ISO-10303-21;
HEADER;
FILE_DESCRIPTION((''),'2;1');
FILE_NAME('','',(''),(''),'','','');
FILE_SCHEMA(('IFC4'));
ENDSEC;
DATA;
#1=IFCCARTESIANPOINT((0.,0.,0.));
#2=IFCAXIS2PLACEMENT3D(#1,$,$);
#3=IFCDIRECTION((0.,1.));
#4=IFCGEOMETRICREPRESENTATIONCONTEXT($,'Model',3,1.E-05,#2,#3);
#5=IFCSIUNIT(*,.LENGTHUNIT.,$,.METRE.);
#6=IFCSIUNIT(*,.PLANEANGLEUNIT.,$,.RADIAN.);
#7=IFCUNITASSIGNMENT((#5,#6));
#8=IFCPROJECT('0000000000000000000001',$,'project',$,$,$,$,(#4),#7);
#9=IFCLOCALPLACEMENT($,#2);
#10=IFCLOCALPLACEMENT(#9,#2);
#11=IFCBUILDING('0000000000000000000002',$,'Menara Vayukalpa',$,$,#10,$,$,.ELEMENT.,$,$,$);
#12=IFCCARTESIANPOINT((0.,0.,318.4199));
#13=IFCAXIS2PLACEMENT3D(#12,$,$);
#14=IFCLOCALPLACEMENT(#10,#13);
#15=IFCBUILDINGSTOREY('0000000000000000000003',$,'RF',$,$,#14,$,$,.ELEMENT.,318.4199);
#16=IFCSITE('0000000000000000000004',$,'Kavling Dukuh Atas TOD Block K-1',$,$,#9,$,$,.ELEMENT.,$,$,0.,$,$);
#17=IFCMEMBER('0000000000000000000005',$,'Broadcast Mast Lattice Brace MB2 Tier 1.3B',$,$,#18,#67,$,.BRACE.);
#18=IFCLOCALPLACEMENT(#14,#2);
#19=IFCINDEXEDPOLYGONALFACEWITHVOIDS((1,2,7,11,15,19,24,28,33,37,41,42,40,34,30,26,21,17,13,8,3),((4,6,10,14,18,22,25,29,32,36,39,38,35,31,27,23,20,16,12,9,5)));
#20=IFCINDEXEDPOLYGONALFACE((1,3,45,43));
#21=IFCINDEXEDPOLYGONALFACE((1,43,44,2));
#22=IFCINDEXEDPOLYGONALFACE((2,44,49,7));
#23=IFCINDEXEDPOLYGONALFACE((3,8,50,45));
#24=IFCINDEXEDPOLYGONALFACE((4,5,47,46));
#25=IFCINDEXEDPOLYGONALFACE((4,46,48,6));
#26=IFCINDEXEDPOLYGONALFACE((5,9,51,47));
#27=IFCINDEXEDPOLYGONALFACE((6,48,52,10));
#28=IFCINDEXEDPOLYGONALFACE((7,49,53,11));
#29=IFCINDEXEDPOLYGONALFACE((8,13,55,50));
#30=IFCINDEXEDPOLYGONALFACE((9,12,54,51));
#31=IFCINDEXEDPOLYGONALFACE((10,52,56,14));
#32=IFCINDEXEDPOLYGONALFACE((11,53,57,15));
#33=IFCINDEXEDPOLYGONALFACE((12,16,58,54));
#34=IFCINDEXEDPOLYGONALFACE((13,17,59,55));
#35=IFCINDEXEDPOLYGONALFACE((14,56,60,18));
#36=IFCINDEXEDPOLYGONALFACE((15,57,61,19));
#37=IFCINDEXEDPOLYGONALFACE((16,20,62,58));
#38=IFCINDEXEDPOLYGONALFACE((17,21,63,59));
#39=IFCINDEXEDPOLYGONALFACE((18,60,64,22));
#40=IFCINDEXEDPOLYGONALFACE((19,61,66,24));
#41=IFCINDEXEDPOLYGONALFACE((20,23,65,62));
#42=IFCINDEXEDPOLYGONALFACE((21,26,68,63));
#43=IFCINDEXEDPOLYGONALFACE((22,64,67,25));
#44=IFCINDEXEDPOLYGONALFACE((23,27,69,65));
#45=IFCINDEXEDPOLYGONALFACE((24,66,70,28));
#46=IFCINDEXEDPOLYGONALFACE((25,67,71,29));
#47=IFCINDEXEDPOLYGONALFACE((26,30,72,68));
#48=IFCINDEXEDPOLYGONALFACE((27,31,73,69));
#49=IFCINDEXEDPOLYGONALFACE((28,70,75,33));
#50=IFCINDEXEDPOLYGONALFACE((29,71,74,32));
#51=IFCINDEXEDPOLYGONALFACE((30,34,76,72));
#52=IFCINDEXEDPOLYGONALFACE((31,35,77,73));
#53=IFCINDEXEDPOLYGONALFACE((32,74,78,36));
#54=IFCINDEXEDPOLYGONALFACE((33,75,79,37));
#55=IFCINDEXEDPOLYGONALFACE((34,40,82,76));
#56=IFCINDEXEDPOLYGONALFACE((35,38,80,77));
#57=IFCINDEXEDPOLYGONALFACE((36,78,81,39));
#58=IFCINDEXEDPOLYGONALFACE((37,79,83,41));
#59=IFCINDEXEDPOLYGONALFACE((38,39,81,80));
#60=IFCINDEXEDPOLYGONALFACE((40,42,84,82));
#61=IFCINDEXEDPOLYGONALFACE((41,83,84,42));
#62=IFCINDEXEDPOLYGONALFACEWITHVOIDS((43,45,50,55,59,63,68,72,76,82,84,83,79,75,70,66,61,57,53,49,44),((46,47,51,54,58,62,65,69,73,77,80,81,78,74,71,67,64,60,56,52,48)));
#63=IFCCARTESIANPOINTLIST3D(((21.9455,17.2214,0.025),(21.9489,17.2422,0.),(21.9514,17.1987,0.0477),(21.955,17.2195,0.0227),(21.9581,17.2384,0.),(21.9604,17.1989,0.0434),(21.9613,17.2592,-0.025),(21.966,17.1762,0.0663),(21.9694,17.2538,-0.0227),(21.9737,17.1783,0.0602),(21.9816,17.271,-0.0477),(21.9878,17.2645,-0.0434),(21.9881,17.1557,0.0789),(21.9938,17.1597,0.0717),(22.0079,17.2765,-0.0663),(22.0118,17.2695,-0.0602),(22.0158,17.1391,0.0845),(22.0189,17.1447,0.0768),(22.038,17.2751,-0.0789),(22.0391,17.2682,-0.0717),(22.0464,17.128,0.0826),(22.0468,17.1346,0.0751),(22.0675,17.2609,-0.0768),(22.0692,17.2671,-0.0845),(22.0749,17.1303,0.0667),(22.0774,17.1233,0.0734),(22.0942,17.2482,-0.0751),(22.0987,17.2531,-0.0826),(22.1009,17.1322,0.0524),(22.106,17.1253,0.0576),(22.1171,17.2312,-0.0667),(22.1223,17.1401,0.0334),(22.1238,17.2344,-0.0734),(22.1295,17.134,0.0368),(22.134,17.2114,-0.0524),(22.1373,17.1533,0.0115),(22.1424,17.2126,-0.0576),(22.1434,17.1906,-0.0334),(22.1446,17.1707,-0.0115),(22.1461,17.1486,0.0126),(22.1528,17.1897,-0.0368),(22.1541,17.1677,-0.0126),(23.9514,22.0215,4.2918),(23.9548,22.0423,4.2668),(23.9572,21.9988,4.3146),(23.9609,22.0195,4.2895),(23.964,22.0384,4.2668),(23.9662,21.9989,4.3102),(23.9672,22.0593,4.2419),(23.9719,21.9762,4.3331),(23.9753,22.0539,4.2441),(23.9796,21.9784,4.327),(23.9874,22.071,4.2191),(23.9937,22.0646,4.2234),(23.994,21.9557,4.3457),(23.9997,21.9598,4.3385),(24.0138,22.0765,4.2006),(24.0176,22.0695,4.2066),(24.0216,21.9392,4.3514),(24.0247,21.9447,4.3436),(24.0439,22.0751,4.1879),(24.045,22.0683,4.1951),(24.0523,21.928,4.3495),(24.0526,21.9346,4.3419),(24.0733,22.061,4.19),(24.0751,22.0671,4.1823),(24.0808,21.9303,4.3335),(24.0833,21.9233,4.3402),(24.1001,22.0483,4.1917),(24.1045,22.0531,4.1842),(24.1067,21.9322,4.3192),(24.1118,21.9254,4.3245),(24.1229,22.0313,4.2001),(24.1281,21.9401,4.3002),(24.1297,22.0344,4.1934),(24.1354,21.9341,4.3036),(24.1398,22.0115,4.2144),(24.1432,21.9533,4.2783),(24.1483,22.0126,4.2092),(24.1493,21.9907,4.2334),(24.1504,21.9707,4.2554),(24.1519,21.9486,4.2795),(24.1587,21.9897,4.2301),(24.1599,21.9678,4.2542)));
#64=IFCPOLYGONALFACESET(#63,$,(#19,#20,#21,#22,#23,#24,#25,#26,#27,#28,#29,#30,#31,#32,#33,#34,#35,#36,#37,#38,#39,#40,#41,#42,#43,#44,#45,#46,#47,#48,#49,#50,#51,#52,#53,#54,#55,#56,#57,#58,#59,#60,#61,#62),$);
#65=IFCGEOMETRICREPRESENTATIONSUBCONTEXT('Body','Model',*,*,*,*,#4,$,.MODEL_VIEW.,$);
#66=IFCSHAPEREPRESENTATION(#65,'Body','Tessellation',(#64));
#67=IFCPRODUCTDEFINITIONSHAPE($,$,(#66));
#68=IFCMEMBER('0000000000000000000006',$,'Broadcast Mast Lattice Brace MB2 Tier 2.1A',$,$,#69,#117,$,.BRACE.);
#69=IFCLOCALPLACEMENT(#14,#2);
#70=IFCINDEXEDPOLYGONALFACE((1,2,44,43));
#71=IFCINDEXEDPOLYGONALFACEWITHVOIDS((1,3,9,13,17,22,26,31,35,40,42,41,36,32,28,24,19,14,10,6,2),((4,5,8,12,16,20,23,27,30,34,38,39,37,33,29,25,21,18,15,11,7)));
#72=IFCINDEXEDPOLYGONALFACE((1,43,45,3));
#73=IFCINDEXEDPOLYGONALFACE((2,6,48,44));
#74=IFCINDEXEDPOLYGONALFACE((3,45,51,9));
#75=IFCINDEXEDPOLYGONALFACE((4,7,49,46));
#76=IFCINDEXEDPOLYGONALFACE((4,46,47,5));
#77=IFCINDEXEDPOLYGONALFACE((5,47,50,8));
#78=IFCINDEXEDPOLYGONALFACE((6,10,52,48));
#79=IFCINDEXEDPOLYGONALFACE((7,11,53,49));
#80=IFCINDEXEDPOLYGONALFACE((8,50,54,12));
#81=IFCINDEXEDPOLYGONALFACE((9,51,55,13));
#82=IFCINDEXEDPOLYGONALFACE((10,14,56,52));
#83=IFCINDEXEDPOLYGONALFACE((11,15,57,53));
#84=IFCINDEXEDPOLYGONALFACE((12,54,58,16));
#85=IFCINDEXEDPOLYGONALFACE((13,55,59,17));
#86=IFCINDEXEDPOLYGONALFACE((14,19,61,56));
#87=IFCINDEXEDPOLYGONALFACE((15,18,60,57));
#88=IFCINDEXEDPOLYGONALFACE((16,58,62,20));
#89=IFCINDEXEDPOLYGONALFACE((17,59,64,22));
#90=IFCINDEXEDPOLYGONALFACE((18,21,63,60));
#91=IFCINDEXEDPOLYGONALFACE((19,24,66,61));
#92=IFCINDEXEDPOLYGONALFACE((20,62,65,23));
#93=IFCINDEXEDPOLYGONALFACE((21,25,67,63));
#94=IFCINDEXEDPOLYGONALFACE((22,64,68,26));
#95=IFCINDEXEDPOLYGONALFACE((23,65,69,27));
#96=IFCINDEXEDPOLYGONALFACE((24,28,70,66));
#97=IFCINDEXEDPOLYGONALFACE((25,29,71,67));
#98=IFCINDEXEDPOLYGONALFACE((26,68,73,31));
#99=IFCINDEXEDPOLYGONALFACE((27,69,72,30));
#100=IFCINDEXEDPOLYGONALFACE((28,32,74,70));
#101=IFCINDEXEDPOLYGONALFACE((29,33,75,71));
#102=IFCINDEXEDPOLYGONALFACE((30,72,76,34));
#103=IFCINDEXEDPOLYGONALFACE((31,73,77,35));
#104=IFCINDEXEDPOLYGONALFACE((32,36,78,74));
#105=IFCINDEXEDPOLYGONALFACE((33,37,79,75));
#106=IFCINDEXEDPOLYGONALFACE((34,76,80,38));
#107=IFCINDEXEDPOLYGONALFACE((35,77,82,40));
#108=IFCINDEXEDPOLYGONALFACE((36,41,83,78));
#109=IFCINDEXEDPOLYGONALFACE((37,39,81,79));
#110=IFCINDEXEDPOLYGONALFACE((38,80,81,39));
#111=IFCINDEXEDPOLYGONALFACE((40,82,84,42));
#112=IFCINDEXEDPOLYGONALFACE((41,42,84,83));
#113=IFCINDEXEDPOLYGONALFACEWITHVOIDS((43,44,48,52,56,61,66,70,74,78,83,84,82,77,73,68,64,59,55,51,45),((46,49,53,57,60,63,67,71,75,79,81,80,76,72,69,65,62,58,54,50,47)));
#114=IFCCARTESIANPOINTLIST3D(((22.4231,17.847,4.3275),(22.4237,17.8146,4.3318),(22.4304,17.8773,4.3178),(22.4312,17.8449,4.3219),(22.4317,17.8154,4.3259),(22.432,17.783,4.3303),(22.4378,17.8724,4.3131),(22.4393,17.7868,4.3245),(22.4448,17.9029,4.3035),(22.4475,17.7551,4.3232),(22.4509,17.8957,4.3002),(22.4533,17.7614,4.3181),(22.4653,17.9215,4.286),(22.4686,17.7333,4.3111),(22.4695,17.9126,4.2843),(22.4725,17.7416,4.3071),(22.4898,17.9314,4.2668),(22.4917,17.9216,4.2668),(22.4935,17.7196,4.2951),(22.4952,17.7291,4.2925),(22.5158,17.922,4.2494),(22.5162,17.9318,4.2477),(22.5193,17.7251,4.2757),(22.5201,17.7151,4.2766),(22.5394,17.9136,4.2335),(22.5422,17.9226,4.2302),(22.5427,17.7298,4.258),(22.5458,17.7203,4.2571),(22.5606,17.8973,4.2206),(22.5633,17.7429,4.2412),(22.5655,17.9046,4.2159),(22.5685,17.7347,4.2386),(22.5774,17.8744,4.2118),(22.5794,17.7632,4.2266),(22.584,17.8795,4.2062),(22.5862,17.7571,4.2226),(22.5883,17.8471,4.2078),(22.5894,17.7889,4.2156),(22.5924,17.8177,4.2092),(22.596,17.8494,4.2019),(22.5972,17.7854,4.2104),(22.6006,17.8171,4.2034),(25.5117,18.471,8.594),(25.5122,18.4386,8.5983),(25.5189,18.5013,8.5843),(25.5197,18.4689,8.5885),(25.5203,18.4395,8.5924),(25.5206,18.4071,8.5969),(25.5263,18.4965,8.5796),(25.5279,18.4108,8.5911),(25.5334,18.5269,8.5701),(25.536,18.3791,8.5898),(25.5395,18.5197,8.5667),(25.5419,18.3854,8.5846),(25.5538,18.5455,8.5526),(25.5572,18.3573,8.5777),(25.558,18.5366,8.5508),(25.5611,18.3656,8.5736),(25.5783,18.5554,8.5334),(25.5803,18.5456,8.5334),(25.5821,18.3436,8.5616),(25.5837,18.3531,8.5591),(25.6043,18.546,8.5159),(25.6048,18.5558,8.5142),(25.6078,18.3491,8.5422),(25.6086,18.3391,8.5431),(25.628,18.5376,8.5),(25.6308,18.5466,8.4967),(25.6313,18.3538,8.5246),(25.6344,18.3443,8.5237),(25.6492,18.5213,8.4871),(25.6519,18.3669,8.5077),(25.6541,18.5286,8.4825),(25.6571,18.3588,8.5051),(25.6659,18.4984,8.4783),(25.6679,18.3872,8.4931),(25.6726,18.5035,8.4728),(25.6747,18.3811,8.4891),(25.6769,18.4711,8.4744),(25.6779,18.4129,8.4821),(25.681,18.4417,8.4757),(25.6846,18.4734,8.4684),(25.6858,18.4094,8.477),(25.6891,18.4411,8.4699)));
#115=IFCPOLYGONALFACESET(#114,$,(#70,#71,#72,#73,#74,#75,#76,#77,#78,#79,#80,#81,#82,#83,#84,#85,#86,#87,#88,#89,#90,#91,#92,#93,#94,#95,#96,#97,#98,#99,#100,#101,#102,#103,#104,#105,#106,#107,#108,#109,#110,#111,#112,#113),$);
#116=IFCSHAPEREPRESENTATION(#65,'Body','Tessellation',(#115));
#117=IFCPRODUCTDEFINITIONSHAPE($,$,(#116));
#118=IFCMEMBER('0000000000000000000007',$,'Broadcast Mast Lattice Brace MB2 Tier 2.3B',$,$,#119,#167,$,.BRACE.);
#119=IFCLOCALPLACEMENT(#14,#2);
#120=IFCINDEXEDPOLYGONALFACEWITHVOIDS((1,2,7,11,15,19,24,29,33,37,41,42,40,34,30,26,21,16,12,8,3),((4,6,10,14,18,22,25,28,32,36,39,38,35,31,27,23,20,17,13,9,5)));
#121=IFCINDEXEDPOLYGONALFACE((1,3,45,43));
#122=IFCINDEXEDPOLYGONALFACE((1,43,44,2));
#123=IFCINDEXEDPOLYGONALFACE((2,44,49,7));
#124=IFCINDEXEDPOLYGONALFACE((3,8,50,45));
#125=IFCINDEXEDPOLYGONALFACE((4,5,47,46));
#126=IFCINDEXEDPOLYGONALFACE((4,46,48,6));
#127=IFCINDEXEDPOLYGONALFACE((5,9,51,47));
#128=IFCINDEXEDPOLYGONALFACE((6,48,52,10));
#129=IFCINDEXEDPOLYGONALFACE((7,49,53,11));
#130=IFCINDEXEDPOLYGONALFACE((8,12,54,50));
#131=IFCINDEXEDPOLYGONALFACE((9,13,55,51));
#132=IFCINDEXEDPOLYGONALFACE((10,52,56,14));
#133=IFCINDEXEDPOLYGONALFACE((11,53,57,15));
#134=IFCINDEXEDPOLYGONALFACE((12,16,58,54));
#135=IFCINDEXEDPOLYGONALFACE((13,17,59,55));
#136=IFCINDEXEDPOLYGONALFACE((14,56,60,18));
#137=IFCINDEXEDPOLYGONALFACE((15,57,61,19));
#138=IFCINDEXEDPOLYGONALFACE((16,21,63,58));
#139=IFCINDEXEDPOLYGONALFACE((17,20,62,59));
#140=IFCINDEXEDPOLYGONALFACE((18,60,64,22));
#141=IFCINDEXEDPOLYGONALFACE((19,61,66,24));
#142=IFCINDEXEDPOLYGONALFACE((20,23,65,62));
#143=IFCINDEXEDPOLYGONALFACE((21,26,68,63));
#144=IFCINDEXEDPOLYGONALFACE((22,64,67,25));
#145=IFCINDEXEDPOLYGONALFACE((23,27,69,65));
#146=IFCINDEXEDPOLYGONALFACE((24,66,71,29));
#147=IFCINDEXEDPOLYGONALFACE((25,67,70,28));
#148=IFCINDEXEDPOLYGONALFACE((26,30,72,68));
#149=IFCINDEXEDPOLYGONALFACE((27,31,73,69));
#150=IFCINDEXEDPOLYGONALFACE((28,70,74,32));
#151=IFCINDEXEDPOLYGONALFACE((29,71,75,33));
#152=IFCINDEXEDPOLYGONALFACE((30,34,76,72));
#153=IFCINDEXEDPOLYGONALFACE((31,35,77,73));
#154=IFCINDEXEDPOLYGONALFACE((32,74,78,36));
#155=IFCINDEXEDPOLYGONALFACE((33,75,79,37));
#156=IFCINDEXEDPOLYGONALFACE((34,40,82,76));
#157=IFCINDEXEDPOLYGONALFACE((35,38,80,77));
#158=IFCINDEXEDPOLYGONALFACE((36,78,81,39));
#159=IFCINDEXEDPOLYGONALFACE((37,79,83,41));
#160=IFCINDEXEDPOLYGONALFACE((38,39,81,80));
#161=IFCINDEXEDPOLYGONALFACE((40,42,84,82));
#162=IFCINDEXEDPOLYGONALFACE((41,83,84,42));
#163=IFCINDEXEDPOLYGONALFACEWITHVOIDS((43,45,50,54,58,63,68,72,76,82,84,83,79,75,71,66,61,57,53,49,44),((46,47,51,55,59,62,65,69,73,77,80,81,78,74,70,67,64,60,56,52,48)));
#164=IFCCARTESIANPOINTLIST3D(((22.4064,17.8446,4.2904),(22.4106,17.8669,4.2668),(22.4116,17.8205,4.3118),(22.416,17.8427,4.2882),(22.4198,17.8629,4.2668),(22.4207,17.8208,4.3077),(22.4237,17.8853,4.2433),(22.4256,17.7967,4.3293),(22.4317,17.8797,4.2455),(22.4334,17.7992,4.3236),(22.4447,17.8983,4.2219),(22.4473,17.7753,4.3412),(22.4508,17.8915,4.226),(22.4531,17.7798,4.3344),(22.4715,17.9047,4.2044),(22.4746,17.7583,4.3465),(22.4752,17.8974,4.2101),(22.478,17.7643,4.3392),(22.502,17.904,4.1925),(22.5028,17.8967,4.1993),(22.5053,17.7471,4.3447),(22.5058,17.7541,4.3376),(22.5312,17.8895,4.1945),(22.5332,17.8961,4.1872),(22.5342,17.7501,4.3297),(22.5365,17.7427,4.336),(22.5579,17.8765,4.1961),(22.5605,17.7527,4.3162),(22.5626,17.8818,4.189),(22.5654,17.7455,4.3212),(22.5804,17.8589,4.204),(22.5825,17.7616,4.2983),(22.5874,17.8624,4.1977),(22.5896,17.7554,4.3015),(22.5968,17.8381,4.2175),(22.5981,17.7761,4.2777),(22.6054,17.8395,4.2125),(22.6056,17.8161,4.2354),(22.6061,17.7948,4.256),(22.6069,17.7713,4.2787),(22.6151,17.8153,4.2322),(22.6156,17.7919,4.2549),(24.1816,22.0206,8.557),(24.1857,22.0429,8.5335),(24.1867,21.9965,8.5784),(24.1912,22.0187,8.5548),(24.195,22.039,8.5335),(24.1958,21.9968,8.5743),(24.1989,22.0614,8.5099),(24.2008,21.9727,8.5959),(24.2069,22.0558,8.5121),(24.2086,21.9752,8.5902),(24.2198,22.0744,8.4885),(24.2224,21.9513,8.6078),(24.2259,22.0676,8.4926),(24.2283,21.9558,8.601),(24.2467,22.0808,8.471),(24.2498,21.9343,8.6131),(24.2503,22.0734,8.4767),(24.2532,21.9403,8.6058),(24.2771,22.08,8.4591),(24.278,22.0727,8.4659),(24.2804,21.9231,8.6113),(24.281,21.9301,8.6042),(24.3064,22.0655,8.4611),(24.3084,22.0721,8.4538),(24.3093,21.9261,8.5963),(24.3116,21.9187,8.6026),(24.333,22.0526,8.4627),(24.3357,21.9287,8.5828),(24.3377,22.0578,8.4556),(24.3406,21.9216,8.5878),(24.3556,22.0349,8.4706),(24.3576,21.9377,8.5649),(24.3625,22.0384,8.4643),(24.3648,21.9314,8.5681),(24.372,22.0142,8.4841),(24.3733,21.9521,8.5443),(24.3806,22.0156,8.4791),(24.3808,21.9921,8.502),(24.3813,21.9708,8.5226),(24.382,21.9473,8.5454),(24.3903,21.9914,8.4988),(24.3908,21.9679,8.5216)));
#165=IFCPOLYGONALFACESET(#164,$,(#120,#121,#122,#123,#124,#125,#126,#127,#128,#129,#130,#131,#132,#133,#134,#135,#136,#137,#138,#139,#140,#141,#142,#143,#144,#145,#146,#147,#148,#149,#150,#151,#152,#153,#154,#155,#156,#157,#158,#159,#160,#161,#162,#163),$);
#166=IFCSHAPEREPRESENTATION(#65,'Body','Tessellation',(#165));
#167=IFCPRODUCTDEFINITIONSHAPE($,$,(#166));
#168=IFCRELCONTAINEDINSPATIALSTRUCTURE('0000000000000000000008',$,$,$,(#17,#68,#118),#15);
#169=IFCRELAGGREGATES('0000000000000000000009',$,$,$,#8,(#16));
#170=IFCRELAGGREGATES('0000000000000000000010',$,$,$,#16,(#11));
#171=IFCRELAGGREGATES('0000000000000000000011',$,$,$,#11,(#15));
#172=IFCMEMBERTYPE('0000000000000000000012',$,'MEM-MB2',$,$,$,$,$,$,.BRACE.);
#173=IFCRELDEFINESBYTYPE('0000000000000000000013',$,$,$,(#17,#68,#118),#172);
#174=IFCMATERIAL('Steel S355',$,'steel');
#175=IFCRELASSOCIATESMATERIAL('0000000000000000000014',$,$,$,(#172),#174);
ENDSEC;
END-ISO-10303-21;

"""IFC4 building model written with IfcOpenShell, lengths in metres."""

from ifc_helpers import new_model, si_unit, direction, frame, origin, origin_2d, place, context, subcontext, project, spatial, hollow_circle, extrude, material, material_profile, profile_set, type_object, element, save


model = new_model("IFC4")

# Units and contexts
model_context = context("Model", 3, precision=1e-05, world=origin(), true_north=direction((0.0, 1.0)))
body_context = subcontext(model_context, "Body", "Model", "MODEL_VIEW")
ifc_project = project(units=[si_unit("LENGTHUNIT", "METRE"), si_unit("PLANEANGLEUNIT", "RADIAN")], contexts=[model_context])

# Site, building, storey
site_placement = place(None, origin())
site = spatial("IfcSite", under=ifc_project, at=site_placement, Name="Kavling Dukuh Atas TOD Block K-1", CompositionType="ELEMENT", RefElevation=0.0)
building_placement = place(site_placement, origin())
building = spatial("IfcBuilding", under=site, at=building_placement, Name="Menara Vayukalpa", CompositionType="ELEMENT")
storey_placement = place(building_placement, frame((0.0, 0.0, 318.4199)))
storey = spatial("IfcBuildingStorey", under=building, at=storey_placement, Name="RF", CompositionType="ELEMENT", Elevation=318.4199)

# Members
ifc_material_1 = material(Name="Steel S355", Category="steel")
ifc_material_profile_1 = material_profile(ifc_material_1, hollow_circle(Radius=0.1096, WallThickness=0.01, at=origin_2d()), Name="CHS 219.1x10")
ifc_profile_set_1 = profile_set([ifc_material_profile_1], Name="Steel S355")
member_type_1 = type_object("IfcMemberType", Name="MEM-MB2", PredefinedType="BRACE", material=ifc_profile_set_1)
member_1_placement = place(storey_placement, frame((22.05, 17.2, 0.0), z_axis=(0.298123, 0.713413, 0.634165), x_axis=(-0.922678, 0.385572, 0.0)))
element("IfcMember", 1, at=member_1_placement, inside=storey, type_object=member_type_1, Name="Broadcast Mast Lattice Brace MB2 Tier 1.3B", PredefinedType="BRACE", context=body_context, shape_type="SweptSolid", body=[
    extrude(hollow_circle(Radius=0.1096, WallThickness=0.01, at=origin_2d()), origin(), (0.0, 0.0, 1.0), 6.7283),
])
member_2_placement = place(storey_placement, frame((22.5115, 17.824, 4.2668), z_axis=(0.582315, 0.11765, 0.804405), x_axis=(-0.198038, 0.980194, 0.0)))
element("IfcMember", 2, at=member_2_placement, inside=storey, type_object=member_type_1, Name="Broadcast Mast Lattice Brace MB2 Tier 2.1A", PredefinedType="BRACE", context=body_context, shape_type="SweptSolid", body=[
    extrude(hollow_circle(Radius=0.1096, WallThickness=0.01, at=origin_2d()), origin(), (0.0, 0.0, 1.0), 5.304),
])
member_3_placement = place(storey_placement, frame((22.5115, 17.824, 4.2668), z_axis=(0.285004, 0.67047, 0.685013), x_axis=(-0.920304, 0.391203, 0.0)))
element("IfcMember", 3, at=member_3_placement, inside=storey, type_object=member_type_1, Name="Broadcast Mast Lattice Brace MB2 Tier 2.3B", PredefinedType="BRACE", context=body_context, shape_type="SweptSolid", body=[
    extrude(hollow_circle(Radius=0.1096, WallThickness=0.01, at=origin_2d()), origin(), (0.0, 0.0, 1.0), 6.2285),
])

save(model, "model.ifc")
